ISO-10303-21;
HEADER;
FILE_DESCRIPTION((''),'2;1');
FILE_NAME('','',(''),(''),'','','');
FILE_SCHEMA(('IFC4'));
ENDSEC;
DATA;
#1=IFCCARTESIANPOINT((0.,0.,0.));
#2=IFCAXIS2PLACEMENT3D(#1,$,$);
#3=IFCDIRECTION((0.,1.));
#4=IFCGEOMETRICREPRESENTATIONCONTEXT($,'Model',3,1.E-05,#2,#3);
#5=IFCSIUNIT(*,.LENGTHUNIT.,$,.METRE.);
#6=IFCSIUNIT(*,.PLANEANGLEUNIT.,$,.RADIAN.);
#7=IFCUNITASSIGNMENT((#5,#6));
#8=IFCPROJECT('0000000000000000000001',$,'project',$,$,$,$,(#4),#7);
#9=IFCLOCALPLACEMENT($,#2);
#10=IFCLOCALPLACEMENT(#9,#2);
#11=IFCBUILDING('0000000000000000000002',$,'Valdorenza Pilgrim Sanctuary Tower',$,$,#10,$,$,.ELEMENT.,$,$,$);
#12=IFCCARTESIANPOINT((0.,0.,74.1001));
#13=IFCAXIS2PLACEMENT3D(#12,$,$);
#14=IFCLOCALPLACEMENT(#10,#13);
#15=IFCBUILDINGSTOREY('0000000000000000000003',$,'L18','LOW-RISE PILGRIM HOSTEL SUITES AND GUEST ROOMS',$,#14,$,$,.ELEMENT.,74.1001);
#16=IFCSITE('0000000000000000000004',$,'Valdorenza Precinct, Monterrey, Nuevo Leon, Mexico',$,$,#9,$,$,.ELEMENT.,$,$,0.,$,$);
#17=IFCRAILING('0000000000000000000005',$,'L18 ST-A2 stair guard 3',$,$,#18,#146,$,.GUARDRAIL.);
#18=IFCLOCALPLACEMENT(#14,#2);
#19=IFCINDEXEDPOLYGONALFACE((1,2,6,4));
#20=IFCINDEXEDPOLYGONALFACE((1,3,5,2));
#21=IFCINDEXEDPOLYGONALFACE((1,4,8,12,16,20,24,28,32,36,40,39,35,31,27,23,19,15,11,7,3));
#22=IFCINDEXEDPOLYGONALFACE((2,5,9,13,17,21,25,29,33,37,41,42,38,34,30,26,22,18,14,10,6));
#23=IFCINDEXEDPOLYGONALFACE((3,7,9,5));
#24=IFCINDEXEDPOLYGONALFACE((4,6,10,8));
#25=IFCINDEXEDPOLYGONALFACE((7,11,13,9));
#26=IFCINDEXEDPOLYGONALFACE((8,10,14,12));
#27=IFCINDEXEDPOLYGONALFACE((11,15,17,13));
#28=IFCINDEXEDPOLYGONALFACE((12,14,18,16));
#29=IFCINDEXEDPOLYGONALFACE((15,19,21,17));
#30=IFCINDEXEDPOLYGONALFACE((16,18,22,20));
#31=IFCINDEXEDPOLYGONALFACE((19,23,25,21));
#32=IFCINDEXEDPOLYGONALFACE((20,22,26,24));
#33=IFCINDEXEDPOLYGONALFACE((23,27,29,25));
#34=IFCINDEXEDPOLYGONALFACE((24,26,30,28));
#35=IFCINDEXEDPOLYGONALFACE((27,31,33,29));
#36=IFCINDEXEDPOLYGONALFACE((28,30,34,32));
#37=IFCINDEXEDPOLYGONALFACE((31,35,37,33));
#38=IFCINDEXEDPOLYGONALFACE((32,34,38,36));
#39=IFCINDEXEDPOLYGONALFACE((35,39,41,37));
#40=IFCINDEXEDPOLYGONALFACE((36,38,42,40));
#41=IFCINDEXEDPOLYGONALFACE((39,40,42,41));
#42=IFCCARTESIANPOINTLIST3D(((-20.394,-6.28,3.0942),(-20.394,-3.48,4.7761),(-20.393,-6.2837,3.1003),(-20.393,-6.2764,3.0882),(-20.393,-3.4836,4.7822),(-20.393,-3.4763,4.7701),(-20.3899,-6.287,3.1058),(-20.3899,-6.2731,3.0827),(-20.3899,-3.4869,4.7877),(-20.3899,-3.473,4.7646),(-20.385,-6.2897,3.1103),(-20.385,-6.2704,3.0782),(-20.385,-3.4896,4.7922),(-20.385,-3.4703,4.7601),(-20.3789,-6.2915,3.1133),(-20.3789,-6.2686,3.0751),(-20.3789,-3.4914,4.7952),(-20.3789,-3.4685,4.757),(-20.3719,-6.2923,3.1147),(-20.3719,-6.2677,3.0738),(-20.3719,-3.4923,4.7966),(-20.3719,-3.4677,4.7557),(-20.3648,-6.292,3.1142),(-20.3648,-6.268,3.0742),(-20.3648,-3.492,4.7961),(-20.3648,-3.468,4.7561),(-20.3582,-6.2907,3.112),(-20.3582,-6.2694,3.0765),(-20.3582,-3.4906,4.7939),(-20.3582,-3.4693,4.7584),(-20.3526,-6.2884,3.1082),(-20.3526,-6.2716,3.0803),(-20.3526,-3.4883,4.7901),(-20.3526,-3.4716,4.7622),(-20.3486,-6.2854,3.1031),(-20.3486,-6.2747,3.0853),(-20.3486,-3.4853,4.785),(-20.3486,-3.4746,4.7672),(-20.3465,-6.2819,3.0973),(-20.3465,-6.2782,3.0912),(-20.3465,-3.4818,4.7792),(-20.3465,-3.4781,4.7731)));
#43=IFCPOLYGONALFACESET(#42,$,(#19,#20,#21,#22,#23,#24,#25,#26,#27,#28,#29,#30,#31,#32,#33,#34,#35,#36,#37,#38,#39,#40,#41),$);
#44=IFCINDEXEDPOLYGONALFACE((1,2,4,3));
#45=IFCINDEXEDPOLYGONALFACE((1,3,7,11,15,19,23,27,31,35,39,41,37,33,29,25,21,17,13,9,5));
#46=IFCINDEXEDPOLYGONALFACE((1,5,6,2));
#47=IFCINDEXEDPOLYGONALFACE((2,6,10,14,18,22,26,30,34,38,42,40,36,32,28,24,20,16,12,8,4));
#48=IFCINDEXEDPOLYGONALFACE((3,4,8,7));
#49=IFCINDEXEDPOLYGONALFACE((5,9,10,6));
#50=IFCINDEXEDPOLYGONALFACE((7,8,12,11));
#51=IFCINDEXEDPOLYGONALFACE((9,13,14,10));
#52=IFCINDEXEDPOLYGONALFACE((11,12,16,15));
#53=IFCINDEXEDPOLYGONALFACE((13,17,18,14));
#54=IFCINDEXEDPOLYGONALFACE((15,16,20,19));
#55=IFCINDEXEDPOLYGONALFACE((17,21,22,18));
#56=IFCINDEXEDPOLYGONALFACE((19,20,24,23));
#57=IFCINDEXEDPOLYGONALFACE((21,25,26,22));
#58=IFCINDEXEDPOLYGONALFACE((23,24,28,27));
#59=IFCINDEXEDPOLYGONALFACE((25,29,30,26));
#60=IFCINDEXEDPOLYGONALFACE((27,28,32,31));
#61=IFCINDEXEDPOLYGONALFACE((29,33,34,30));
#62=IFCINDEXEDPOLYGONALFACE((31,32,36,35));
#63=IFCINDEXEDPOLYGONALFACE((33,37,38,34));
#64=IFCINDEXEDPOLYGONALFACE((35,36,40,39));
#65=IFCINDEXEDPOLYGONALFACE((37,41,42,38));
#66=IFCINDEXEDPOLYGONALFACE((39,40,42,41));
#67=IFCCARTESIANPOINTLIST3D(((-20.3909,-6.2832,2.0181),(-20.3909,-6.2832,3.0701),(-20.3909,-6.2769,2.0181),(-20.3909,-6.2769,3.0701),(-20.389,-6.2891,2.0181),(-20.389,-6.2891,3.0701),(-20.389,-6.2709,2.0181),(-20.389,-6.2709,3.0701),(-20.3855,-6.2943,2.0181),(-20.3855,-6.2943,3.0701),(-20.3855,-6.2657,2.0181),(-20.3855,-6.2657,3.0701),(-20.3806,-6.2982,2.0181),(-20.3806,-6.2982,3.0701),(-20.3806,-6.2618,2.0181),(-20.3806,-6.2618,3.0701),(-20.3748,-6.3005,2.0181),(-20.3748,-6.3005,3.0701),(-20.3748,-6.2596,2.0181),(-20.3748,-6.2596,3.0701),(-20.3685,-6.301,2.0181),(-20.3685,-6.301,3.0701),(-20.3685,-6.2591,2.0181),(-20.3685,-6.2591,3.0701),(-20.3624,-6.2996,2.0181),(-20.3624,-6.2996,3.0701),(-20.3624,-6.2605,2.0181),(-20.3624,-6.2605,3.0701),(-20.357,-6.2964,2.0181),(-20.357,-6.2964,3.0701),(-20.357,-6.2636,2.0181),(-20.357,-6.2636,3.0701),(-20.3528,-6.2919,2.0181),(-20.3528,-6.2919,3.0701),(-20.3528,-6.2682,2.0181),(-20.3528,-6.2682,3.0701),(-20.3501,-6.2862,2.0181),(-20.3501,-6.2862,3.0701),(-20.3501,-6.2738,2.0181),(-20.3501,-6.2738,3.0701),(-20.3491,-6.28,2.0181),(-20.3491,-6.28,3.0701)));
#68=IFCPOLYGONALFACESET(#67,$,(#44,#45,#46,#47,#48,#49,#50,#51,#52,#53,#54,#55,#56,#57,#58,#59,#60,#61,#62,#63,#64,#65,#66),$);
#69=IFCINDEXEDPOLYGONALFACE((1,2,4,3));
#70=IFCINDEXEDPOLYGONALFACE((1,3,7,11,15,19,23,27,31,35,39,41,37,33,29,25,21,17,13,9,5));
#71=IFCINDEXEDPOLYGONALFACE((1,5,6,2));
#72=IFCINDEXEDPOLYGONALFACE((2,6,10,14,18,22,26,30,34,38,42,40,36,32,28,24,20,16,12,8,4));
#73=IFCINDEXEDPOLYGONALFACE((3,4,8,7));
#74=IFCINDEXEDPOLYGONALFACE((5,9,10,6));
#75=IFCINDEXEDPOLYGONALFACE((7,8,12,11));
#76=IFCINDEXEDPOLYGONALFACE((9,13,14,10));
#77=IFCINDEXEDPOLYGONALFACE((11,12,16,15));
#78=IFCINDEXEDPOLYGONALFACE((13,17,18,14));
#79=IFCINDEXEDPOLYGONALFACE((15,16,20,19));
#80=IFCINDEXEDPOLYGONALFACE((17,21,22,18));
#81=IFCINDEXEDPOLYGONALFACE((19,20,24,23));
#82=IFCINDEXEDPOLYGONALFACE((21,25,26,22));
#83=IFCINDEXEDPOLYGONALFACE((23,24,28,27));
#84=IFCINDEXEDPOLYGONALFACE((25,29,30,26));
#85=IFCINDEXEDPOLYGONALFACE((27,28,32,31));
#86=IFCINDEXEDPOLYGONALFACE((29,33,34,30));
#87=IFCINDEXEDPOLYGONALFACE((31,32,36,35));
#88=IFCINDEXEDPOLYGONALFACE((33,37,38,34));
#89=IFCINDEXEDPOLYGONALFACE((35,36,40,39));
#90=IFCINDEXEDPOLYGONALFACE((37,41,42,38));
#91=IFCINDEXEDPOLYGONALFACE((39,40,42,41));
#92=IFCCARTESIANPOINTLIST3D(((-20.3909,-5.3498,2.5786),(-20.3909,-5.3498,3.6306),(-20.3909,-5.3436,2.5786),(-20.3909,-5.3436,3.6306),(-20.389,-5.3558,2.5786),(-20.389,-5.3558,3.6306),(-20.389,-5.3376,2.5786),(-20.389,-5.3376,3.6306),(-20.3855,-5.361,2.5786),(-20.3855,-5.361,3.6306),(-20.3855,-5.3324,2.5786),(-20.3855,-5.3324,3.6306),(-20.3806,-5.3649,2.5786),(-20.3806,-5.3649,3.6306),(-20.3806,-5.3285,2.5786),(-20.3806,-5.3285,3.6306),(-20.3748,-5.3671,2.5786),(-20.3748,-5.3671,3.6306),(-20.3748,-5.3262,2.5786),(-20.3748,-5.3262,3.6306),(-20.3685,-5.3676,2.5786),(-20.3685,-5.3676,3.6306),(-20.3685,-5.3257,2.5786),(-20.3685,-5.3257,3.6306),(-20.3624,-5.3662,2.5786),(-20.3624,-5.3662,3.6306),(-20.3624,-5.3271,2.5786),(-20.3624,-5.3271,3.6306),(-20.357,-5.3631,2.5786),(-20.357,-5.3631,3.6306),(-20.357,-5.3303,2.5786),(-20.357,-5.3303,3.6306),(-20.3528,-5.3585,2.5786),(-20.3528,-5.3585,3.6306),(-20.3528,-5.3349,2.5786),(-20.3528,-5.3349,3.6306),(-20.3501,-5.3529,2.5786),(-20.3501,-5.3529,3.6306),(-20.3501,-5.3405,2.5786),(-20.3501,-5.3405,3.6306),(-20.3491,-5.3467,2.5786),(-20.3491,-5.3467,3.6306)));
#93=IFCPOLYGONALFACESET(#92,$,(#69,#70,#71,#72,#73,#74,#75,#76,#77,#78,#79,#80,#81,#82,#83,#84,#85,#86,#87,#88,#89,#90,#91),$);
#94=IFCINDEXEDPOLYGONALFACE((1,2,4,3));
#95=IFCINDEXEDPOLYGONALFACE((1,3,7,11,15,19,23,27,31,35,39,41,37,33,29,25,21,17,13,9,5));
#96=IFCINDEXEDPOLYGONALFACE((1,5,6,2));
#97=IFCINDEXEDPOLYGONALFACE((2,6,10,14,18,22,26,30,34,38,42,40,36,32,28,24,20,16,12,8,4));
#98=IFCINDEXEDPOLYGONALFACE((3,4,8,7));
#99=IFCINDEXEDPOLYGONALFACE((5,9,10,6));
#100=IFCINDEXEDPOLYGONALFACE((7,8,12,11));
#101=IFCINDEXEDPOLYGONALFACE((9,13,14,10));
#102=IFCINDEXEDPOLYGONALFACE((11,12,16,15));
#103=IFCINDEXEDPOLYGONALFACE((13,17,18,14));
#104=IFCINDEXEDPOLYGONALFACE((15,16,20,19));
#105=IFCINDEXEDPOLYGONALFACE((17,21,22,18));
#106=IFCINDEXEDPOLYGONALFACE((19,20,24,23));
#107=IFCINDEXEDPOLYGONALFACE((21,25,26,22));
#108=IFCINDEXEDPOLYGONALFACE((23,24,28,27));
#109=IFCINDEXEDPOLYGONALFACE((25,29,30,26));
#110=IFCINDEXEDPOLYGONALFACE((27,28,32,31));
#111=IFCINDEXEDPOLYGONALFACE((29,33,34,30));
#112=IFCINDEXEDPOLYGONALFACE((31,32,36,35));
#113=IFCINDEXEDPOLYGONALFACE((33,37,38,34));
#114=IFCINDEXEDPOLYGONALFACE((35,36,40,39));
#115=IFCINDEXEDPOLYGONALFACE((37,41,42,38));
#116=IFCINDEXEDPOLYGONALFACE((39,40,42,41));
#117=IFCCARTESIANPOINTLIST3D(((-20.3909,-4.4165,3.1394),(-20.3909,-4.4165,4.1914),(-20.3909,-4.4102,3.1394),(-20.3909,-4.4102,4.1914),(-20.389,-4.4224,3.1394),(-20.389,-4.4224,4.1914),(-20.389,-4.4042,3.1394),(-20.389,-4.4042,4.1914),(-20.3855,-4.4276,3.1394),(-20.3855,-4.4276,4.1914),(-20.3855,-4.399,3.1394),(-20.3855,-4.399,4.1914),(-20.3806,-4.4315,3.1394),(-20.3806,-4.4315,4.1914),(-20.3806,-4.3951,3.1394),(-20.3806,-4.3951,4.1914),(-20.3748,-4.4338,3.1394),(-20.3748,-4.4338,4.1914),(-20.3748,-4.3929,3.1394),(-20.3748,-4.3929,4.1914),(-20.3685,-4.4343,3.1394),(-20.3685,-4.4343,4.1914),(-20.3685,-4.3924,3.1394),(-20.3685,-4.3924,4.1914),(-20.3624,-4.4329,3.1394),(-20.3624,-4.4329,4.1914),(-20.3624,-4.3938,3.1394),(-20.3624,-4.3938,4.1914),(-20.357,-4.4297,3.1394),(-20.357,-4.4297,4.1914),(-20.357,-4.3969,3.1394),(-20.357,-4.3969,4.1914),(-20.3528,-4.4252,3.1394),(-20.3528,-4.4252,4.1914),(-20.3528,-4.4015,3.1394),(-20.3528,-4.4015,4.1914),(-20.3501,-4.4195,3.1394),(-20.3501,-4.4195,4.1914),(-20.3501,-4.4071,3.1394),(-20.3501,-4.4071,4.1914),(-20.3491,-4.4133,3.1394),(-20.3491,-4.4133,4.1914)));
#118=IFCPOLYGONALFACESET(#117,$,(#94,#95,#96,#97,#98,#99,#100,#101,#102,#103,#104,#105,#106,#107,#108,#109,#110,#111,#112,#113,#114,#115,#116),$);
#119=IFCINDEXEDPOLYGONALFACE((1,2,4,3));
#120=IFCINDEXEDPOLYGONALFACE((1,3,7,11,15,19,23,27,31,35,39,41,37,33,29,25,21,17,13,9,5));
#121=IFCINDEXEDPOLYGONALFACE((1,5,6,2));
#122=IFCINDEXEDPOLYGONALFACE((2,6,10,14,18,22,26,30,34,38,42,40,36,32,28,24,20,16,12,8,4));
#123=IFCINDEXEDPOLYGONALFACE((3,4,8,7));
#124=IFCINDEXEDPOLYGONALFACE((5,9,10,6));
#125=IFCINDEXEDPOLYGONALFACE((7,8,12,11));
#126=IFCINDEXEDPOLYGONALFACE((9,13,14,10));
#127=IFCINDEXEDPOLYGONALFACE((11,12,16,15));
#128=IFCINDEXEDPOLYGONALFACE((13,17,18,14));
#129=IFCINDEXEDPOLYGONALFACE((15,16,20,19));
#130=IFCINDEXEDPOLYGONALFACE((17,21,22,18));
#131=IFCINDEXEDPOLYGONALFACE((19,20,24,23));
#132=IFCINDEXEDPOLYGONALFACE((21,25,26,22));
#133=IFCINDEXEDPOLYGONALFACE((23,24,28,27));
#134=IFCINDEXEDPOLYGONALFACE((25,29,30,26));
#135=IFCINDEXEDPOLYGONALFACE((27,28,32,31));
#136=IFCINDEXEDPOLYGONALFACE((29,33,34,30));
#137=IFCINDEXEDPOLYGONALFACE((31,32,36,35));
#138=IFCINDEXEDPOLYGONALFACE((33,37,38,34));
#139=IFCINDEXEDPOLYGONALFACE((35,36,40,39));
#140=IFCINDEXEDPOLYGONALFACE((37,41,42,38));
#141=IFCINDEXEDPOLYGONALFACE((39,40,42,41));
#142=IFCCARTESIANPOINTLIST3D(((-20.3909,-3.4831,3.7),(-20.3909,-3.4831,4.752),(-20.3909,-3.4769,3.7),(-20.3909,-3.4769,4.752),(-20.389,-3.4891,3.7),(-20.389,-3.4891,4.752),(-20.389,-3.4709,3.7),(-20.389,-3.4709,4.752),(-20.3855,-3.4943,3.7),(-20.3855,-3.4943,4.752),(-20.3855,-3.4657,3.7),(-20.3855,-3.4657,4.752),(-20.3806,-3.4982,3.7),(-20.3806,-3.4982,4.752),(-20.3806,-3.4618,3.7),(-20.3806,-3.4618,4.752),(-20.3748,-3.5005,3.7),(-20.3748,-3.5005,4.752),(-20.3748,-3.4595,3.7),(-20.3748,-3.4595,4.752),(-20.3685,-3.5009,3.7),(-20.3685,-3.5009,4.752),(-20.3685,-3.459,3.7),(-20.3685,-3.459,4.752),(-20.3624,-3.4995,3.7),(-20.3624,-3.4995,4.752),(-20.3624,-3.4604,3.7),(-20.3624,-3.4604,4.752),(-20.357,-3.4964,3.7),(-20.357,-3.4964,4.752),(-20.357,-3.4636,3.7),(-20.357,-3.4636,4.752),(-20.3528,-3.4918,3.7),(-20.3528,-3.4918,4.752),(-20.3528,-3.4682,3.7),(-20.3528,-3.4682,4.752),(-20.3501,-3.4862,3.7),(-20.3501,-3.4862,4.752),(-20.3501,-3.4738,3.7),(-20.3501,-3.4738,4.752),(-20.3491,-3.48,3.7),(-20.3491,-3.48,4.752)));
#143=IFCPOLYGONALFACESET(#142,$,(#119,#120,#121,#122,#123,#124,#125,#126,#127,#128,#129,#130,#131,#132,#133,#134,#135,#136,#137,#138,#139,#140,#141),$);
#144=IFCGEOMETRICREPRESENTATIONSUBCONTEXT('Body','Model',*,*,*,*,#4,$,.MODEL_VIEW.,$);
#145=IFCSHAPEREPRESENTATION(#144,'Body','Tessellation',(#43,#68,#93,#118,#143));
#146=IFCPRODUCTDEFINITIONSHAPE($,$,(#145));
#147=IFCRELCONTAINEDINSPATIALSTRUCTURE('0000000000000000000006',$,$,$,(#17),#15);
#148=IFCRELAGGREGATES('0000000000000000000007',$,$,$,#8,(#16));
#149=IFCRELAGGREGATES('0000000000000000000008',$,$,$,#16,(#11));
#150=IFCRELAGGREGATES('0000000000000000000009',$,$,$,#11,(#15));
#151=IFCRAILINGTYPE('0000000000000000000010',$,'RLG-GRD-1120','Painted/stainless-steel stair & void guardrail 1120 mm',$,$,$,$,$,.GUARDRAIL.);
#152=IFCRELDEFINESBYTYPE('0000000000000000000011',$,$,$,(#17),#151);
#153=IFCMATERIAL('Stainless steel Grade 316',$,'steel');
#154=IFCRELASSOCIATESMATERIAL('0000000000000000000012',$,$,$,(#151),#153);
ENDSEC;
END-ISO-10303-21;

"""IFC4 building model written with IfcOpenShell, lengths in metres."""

from ifc_helpers import new_model, si_unit, direction, frame, origin, origin_2d, place, context, subcontext, project, spatial, circle, extrude, material, type_object, element, save


model = new_model("IFC4")

# Units and contexts
model_context = context("Model", 3, precision=1e-05, world=origin(), true_north=direction((0.0, 1.0)))
body_context = subcontext(model_context, "Body", "Model", "MODEL_VIEW")
ifc_project = project(units=[si_unit("LENGTHUNIT", "METRE"), si_unit("PLANEANGLEUNIT", "RADIAN")], contexts=[model_context])

# Site, building, storey
site_placement = place(None, origin())
site = spatial("IfcSite", under=ifc_project, at=site_placement, Name="Valdorenza Precinct, Monterrey, Nuevo Leon, Mexico", CompositionType="ELEMENT", RefElevation=0.0)
building_placement = place(site_placement, origin())
building = spatial("IfcBuilding", under=site, at=building_placement, Name="Valdorenza Pilgrim Sanctuary Tower", CompositionType="ELEMENT")
storey_placement = place(building_placement, frame((0.0, 0.0, 74.1001)))
storey = spatial("IfcBuildingStorey", under=building, at=storey_placement, Name="L18", Description="LOW-RISE PILGRIM HOSTEL SUITES AND GUEST ROOMS", CompositionType="ELEMENT", Elevation=74.1001)

# Railing
ifc_material_1 = material(Name="Stainless steel Grade 316", Category="steel")
railing_type_1 = type_object("IfcRailingType", Name="RLG-GRD-1120", Description="Painted/stainless-steel stair & void guardrail 1120 mm", PredefinedType="GUARDRAIL", material=ifc_material_1)
railing_1_placement = place(storey_placement, frame((-20.3701, -6.28, 2.0181)))
element("IfcRailing", 1, at=railing_1_placement, inside=storey, type_object=railing_type_1, Name="L18 ST-A2 stair guard 3", PredefinedType="GUARDRAIL", context=body_context, shape_type="SweptSolid", body=[
    extrude(circle(Radius=0.0239, at=origin_2d()), frame((0.0, 0.0, 1.0762), z_axis=(0.0, 0.857242, 0.514913), x_axis=(-1.0, 0.0, 0.0)), (0.0, 0.0, 1.0), 3.2664),
    extrude(circle(Radius=0.021, at=origin_2d()), origin(), (0.0, 0.0, 1.0), 1.052),
    extrude(circle(Radius=0.021, at=origin_2d()), frame((0.0, 0.9333, 0.5605)), (0.0, 0.0, 1.0), 1.052),
    extrude(circle(Radius=0.021, at=origin_2d()), frame((0.0, 1.8667, 1.1213)), (0.0, 0.0, 1.0), 1.052),
    extrude(circle(Radius=0.021, at=origin_2d()), frame((0.0, 2.8, 1.6819)), (0.0, 0.0, 1.0), 1.052),
])

save(model, "model.ifc")
